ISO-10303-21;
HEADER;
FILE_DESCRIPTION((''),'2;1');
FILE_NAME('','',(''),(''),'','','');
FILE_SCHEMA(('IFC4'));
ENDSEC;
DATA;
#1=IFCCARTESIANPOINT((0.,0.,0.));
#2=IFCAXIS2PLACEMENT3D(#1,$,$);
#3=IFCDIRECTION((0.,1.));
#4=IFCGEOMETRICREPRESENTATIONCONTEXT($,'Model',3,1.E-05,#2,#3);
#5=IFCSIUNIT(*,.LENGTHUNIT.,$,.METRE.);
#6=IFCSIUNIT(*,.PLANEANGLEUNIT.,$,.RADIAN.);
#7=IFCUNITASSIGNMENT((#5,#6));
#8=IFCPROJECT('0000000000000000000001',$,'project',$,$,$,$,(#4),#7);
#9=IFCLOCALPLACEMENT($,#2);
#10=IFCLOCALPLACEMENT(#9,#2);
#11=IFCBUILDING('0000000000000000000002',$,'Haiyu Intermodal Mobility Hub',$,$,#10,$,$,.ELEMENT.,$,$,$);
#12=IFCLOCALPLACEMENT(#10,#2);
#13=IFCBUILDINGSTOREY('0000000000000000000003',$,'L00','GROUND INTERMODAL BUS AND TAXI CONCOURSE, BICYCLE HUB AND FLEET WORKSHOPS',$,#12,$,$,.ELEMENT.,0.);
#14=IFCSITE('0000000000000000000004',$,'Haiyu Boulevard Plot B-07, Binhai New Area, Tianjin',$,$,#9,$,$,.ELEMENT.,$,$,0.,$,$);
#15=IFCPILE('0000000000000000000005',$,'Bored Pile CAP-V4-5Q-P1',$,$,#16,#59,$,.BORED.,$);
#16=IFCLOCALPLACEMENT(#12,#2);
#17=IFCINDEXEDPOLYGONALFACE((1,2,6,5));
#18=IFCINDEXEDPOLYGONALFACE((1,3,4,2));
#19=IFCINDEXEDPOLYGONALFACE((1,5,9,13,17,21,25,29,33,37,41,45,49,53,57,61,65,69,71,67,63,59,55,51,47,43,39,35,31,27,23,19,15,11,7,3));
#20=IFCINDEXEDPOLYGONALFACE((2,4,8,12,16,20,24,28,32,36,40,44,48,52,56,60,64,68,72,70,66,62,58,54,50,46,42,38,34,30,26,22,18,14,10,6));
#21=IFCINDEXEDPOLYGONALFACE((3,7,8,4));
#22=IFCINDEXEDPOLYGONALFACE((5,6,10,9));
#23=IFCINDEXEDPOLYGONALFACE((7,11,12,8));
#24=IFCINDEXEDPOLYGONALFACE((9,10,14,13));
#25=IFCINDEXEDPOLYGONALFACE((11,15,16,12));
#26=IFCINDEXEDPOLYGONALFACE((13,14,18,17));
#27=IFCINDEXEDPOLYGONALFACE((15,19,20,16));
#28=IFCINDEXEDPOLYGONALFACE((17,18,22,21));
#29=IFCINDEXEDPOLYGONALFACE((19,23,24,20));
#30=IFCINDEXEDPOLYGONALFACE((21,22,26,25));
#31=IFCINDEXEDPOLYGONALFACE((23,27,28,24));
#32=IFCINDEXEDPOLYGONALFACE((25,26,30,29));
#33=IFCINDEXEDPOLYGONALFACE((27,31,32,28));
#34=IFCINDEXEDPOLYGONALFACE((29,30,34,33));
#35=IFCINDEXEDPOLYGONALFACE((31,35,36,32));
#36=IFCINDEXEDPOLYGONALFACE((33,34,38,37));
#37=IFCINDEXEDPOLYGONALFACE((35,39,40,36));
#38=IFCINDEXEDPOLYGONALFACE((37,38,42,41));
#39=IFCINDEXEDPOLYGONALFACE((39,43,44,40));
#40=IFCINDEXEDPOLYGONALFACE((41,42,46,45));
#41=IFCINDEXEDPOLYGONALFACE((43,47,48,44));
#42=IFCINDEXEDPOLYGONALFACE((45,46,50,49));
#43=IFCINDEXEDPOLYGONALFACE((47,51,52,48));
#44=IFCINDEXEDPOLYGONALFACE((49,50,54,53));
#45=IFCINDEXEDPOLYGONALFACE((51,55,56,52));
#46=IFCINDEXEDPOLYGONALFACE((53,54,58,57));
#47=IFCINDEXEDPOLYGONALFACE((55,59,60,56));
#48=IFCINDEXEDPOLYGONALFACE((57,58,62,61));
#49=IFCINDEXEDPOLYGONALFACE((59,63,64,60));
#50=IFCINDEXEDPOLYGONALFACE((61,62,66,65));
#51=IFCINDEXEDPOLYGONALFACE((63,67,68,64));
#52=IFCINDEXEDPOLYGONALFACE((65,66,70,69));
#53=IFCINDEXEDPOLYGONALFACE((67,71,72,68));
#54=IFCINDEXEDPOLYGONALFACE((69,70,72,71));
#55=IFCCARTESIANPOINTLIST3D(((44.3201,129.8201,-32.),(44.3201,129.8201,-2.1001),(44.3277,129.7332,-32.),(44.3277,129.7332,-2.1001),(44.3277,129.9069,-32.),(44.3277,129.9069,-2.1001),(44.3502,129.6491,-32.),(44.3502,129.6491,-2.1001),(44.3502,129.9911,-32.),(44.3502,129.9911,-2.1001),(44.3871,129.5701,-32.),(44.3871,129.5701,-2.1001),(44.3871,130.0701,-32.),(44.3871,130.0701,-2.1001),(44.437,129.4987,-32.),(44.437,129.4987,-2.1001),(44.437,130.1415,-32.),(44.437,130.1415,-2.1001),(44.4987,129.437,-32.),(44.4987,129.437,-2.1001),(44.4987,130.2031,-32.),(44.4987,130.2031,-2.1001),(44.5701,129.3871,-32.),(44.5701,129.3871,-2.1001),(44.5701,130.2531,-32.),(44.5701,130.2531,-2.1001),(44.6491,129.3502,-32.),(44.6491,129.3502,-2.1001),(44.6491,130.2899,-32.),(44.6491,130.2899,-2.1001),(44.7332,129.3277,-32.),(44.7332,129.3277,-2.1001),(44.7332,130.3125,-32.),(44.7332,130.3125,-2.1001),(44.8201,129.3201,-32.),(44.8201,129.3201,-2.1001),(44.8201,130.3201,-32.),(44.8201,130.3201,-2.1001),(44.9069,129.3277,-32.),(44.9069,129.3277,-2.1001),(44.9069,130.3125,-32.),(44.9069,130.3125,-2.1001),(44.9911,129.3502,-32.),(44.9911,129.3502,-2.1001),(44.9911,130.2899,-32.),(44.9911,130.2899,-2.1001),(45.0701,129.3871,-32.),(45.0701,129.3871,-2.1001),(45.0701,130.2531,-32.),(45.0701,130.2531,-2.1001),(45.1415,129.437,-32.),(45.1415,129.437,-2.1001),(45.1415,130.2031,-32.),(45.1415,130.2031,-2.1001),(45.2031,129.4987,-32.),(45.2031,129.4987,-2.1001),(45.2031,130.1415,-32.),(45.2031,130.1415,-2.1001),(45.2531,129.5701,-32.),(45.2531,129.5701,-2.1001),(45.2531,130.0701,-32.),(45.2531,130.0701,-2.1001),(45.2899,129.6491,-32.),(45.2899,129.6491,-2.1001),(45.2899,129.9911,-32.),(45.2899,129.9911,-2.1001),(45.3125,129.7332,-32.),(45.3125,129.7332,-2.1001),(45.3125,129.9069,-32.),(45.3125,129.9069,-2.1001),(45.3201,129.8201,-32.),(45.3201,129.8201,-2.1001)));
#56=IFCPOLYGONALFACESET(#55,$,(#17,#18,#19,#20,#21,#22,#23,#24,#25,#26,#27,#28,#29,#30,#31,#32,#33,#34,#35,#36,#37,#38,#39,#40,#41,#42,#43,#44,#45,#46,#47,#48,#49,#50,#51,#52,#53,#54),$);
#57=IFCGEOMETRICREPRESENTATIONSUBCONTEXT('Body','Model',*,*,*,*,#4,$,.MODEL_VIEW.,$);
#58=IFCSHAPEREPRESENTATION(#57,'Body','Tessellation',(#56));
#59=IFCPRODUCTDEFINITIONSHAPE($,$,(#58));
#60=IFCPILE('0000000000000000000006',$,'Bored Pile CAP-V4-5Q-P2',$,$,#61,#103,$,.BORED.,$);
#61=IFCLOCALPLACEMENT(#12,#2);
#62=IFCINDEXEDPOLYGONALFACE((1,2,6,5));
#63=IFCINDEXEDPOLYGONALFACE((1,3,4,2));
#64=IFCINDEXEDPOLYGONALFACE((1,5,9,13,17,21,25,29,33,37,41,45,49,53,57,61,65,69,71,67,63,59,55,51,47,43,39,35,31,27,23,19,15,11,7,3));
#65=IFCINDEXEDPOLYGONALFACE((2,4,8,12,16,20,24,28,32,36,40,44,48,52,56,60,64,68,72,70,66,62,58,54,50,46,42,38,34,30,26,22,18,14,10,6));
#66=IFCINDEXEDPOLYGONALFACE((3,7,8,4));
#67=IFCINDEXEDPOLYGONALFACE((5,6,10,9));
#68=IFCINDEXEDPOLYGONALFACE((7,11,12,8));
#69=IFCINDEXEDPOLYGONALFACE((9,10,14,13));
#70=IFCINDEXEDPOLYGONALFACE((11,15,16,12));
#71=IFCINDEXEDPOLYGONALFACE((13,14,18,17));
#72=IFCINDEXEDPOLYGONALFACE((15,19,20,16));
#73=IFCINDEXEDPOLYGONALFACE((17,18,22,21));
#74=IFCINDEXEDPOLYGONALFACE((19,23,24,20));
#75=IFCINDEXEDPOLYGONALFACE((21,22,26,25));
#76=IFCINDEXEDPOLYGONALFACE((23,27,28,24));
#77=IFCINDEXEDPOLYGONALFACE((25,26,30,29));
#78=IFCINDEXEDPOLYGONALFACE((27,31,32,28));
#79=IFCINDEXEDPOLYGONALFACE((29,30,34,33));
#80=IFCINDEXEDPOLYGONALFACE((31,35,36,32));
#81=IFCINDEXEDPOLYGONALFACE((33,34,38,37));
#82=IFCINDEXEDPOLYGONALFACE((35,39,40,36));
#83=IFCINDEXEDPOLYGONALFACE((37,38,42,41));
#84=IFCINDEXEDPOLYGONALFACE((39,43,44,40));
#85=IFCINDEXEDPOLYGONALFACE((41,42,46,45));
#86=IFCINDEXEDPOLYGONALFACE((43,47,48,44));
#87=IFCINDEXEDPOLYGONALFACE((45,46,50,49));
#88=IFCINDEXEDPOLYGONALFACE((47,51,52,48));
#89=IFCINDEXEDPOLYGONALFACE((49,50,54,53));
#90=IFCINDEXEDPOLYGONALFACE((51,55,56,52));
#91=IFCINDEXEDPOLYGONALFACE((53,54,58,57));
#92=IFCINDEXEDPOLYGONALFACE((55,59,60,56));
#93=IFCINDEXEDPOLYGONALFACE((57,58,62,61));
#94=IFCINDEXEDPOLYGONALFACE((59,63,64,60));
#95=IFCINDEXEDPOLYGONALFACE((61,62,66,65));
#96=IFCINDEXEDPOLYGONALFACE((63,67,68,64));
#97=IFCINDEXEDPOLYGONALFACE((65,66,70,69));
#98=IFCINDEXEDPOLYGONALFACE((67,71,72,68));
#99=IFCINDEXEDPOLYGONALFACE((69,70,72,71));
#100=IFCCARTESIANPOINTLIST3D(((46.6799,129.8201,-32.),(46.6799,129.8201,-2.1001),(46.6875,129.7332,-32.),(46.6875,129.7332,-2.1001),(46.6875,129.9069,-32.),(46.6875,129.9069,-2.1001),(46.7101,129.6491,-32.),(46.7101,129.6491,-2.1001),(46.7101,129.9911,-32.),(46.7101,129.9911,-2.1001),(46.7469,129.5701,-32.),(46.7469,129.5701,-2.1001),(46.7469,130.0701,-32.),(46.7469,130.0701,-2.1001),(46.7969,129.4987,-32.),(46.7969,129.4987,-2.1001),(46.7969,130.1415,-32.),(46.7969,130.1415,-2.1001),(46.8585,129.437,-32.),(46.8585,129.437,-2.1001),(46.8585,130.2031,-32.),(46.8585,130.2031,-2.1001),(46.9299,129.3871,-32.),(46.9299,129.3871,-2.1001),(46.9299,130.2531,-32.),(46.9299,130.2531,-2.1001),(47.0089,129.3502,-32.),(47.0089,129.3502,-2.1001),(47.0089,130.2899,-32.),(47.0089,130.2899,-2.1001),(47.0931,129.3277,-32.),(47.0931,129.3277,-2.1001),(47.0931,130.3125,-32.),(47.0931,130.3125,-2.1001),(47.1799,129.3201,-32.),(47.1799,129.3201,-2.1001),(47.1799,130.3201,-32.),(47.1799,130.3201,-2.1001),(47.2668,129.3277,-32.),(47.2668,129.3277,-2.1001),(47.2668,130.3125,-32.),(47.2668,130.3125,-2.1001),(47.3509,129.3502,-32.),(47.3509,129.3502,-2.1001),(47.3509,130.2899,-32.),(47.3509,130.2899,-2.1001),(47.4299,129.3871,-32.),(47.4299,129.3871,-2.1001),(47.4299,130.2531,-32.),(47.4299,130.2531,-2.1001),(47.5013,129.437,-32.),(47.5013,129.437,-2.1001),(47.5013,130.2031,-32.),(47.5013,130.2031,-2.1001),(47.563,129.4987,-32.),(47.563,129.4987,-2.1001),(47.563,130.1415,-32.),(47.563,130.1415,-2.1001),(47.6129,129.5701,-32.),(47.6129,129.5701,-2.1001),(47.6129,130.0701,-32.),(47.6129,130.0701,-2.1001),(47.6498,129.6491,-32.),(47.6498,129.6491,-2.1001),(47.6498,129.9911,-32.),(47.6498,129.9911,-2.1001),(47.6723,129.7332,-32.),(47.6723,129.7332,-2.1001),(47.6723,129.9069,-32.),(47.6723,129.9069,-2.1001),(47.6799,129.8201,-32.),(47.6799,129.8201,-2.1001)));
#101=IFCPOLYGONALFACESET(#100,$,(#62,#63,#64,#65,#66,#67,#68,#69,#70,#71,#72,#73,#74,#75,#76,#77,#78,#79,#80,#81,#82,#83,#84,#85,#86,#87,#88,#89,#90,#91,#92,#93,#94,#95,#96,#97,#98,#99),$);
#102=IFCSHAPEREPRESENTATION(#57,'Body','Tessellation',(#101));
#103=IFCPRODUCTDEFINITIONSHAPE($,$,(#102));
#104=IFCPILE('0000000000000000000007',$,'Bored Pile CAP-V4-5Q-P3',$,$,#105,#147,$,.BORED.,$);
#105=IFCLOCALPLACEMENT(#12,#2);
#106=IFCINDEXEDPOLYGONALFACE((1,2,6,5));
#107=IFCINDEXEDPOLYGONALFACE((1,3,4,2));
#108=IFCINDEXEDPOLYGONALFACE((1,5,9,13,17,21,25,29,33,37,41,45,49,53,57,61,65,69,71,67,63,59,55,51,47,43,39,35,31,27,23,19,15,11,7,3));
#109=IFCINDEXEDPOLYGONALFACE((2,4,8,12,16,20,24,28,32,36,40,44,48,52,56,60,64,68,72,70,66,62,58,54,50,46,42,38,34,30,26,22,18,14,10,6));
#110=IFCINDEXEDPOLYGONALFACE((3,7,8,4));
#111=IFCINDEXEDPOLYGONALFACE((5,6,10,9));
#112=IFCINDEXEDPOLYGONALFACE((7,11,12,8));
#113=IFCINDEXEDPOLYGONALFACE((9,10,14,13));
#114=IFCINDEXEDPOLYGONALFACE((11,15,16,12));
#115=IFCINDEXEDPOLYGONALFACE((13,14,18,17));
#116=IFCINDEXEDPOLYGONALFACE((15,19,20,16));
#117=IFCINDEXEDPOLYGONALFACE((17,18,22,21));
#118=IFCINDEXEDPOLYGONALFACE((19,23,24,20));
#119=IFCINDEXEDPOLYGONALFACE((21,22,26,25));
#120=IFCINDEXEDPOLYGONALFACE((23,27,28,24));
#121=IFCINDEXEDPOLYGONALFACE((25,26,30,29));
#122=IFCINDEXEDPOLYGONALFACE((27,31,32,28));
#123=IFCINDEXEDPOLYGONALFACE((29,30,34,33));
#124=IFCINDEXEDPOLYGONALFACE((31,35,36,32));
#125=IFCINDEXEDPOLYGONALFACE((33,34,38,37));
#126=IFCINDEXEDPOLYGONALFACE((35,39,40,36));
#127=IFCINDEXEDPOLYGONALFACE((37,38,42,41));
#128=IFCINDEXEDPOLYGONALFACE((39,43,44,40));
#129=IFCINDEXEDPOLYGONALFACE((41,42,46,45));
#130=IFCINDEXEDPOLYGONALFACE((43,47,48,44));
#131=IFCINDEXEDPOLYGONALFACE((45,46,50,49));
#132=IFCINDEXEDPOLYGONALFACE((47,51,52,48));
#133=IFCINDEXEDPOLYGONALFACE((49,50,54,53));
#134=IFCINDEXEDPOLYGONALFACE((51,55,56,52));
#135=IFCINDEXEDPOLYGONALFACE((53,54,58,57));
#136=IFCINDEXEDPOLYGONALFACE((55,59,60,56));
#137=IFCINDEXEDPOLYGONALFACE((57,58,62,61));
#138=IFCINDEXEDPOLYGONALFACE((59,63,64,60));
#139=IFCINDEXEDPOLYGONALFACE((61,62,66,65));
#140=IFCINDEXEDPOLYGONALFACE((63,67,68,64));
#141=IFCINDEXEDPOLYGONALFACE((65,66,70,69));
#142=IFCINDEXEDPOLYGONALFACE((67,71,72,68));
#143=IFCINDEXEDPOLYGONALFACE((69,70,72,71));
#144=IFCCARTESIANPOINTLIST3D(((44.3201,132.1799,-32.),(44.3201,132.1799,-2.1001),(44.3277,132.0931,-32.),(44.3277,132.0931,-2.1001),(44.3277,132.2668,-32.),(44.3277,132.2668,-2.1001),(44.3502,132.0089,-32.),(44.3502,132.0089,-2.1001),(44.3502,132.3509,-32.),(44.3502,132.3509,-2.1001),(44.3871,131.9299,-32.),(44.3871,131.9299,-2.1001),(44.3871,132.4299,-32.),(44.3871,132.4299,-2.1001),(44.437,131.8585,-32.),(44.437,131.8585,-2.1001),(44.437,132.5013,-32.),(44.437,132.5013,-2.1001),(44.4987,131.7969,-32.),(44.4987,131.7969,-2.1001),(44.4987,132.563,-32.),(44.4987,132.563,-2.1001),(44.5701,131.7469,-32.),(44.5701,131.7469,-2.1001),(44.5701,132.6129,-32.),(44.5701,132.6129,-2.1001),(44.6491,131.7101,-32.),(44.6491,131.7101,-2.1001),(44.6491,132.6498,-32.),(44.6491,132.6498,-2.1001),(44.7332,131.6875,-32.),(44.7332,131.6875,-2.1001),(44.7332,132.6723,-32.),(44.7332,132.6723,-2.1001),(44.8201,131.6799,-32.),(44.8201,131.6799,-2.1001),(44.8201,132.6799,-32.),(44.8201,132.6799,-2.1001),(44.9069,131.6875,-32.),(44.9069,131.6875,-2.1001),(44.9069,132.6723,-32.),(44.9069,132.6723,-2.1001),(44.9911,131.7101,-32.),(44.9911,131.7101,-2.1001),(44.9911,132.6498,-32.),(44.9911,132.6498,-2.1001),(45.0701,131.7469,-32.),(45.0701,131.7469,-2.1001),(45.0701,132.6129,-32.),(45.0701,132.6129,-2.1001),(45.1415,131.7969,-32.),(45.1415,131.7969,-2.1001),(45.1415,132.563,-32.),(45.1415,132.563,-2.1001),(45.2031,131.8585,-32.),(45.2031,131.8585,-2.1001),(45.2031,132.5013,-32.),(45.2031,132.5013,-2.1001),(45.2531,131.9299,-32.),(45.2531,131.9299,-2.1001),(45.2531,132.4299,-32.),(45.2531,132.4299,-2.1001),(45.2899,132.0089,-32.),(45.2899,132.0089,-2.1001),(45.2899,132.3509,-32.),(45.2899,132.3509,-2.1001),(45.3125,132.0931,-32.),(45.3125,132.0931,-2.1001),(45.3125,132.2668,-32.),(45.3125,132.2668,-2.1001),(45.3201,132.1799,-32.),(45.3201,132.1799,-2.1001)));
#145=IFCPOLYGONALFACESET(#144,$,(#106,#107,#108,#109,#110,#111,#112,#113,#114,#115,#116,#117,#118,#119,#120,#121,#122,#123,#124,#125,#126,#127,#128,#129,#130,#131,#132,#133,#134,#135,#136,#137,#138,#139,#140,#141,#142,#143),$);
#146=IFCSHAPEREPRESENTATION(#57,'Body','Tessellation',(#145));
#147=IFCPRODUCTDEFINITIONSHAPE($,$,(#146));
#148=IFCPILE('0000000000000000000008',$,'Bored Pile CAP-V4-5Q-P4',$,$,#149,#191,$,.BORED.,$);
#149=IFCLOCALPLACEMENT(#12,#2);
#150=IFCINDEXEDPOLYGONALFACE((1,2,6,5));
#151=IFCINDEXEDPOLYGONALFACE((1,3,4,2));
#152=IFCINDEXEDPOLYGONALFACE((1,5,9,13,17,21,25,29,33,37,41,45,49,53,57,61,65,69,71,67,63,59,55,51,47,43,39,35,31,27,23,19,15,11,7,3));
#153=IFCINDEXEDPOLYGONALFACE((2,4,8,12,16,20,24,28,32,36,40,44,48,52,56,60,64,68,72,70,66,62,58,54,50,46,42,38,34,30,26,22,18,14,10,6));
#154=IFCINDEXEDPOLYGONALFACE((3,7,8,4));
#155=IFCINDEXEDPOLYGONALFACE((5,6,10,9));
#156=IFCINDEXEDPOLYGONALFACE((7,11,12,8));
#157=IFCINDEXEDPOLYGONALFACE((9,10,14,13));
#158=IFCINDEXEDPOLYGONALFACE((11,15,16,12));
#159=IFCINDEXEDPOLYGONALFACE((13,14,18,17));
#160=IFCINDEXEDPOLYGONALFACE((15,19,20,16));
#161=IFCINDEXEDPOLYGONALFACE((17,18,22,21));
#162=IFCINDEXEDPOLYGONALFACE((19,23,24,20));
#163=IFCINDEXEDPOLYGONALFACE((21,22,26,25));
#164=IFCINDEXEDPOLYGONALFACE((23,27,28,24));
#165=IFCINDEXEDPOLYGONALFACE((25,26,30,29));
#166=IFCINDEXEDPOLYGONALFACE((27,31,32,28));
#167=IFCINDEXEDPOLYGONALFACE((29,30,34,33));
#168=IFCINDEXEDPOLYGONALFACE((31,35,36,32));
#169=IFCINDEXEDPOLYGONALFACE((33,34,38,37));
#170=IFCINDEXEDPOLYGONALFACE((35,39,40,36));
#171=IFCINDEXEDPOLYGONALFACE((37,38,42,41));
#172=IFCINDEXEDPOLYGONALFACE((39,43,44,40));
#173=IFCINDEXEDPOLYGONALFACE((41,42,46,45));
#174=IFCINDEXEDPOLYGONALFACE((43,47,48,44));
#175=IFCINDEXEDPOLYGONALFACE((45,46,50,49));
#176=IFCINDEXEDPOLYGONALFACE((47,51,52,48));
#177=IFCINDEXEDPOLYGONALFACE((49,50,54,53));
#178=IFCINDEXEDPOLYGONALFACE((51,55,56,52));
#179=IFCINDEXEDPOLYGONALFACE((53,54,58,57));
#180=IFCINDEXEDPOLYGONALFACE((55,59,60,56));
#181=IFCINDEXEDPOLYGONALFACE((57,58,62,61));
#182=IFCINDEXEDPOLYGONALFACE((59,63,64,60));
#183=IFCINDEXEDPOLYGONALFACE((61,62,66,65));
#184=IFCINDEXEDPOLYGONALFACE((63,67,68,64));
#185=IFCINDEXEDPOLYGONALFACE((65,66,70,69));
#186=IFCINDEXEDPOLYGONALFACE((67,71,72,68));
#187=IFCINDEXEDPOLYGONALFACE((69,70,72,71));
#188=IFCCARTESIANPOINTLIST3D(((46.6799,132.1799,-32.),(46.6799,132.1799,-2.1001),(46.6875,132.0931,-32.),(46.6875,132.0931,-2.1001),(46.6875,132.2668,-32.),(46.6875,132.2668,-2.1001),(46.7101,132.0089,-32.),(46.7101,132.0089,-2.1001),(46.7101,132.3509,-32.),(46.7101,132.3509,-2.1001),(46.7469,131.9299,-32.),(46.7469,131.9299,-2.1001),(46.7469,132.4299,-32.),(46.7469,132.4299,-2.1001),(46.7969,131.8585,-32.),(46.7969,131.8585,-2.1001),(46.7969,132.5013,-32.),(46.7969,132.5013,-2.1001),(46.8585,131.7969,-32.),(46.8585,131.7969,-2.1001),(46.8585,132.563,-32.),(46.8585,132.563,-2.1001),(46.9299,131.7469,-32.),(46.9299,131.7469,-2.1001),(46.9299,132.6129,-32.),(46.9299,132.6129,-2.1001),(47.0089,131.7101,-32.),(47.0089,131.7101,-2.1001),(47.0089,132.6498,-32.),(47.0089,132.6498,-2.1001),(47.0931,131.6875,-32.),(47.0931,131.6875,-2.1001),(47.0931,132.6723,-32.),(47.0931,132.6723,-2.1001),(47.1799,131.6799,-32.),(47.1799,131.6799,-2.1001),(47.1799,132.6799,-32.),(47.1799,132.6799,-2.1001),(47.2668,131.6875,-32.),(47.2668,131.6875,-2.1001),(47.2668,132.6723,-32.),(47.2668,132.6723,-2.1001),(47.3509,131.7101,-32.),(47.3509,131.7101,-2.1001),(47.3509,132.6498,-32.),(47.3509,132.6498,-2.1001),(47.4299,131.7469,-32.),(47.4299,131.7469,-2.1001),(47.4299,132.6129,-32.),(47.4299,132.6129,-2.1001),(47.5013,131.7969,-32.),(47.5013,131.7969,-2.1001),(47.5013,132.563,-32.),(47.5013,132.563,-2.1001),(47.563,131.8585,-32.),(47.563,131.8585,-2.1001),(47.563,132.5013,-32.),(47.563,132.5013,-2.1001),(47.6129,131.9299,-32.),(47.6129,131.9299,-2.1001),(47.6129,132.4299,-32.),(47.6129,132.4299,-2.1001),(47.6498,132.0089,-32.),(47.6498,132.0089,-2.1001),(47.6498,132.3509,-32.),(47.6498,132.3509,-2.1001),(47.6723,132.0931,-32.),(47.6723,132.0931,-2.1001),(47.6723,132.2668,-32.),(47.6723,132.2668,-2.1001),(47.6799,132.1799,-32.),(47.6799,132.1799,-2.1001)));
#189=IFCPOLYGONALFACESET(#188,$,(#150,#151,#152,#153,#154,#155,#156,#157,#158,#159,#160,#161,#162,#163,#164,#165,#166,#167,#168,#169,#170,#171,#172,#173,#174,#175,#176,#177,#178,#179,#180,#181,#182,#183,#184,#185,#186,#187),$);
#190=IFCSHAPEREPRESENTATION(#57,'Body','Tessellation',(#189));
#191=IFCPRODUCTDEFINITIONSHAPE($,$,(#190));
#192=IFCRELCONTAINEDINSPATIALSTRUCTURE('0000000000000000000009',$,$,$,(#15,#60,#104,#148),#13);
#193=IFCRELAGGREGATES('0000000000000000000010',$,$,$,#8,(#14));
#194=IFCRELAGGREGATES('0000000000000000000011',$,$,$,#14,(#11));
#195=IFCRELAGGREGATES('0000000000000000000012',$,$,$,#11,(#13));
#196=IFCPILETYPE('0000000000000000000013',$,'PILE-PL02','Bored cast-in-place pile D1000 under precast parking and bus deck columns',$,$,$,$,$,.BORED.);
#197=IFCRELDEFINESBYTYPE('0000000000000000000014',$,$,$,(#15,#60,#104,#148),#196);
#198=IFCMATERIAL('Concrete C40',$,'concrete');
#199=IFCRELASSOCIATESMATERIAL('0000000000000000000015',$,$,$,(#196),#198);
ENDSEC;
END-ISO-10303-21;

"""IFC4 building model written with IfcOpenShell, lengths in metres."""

from ifc_helpers import new_model, si_unit, direction, frame, origin, origin_2d, place, context, subcontext, project, spatial, circle, extrude, material, material_profile, profile_set, type_object, element, save


model = new_model("IFC4")

# Units and contexts
model_context = context("Model", 3, precision=1e-05, world=origin(), true_north=direction((0.0, 1.0)))
body_context = subcontext(model_context, "Body", "Model", "MODEL_VIEW")
ifc_project = project(units=[si_unit("LENGTHUNIT", "METRE"), si_unit("PLANEANGLEUNIT", "RADIAN")], contexts=[model_context])

# Site, building, storey
site_placement = place(None, origin())
site = spatial("IfcSite", under=ifc_project, at=site_placement, Name="Haiyu Boulevard Plot B-07, Binhai New Area, Tianjin", CompositionType="ELEMENT", RefElevation=0.0)
building_placement = place(site_placement, origin())
building = spatial("IfcBuilding", under=site, at=building_placement, Name="Haiyu Intermodal Mobility Hub", CompositionType="ELEMENT")
storey_placement = place(building_placement, origin())
storey = spatial("IfcBuildingStorey", under=building, at=storey_placement, Name="L00", Description="GROUND INTERMODAL BUS AND TAXI CONCOURSE, BICYCLE HUB AND FLEET WORKSHOPS", CompositionType="ELEMENT", Elevation=0.0)

# Shared definitions
ifc_material_1 = material(Name="Concrete C40", Category="concrete")

# Piles
ifc_material_profile_1 = material_profile(ifc_material_1, circle(Radius=0.5, at=origin_2d()), Name="PILE-D1000")
ifc_profile_set_1 = profile_set([ifc_material_profile_1], Name="Concrete C40")
pile_type = type_object("IfcPileType", Name="PILE-PL02", Description="Bored cast-in-place pile D1000 under precast parking and bus deck columns", PredefinedType="BORED", material=ifc_profile_set_1)
for number, where, z_axis, x_axis, name in (
    (1, (44.8201, 129.8201, -2.1001), (0.0, 0.0, -1.0), (1.0, 0.0, 0.0), "Bored Pile CAP-V4-5Q-P1"),
    (2, (47.1799, 129.8201, -2.1001), (0.0, 0.0, -1.0), (1.0, 0.0, 0.0), "Bored Pile CAP-V4-5Q-P2"),
    (3, (44.8201, 132.1799, -2.1001), (0.0, 0.0, -1.0), (1.0, 0.0, 0.0), "Bored Pile CAP-V4-5Q-P3"),
    (4, (47.1799, 132.1799, -2.1001), (0.0, 0.0, -1.0), (1.0, 0.0, 0.0), "Bored Pile CAP-V4-5Q-P4"),
):
    element("IfcPile", number, at=place(storey_placement, frame(where, z_axis=z_axis, x_axis=x_axis)), inside=storey, type_object=pile_type, Name=name, PredefinedType="BORED", context=body_context, shape_type="SweptSolid", body=[
        extrude(circle(Radius=0.5, at=origin_2d()), origin(), (0.0, 0.0, 1.0), 29.8999),
    ])

save(model, "model.ifc")
